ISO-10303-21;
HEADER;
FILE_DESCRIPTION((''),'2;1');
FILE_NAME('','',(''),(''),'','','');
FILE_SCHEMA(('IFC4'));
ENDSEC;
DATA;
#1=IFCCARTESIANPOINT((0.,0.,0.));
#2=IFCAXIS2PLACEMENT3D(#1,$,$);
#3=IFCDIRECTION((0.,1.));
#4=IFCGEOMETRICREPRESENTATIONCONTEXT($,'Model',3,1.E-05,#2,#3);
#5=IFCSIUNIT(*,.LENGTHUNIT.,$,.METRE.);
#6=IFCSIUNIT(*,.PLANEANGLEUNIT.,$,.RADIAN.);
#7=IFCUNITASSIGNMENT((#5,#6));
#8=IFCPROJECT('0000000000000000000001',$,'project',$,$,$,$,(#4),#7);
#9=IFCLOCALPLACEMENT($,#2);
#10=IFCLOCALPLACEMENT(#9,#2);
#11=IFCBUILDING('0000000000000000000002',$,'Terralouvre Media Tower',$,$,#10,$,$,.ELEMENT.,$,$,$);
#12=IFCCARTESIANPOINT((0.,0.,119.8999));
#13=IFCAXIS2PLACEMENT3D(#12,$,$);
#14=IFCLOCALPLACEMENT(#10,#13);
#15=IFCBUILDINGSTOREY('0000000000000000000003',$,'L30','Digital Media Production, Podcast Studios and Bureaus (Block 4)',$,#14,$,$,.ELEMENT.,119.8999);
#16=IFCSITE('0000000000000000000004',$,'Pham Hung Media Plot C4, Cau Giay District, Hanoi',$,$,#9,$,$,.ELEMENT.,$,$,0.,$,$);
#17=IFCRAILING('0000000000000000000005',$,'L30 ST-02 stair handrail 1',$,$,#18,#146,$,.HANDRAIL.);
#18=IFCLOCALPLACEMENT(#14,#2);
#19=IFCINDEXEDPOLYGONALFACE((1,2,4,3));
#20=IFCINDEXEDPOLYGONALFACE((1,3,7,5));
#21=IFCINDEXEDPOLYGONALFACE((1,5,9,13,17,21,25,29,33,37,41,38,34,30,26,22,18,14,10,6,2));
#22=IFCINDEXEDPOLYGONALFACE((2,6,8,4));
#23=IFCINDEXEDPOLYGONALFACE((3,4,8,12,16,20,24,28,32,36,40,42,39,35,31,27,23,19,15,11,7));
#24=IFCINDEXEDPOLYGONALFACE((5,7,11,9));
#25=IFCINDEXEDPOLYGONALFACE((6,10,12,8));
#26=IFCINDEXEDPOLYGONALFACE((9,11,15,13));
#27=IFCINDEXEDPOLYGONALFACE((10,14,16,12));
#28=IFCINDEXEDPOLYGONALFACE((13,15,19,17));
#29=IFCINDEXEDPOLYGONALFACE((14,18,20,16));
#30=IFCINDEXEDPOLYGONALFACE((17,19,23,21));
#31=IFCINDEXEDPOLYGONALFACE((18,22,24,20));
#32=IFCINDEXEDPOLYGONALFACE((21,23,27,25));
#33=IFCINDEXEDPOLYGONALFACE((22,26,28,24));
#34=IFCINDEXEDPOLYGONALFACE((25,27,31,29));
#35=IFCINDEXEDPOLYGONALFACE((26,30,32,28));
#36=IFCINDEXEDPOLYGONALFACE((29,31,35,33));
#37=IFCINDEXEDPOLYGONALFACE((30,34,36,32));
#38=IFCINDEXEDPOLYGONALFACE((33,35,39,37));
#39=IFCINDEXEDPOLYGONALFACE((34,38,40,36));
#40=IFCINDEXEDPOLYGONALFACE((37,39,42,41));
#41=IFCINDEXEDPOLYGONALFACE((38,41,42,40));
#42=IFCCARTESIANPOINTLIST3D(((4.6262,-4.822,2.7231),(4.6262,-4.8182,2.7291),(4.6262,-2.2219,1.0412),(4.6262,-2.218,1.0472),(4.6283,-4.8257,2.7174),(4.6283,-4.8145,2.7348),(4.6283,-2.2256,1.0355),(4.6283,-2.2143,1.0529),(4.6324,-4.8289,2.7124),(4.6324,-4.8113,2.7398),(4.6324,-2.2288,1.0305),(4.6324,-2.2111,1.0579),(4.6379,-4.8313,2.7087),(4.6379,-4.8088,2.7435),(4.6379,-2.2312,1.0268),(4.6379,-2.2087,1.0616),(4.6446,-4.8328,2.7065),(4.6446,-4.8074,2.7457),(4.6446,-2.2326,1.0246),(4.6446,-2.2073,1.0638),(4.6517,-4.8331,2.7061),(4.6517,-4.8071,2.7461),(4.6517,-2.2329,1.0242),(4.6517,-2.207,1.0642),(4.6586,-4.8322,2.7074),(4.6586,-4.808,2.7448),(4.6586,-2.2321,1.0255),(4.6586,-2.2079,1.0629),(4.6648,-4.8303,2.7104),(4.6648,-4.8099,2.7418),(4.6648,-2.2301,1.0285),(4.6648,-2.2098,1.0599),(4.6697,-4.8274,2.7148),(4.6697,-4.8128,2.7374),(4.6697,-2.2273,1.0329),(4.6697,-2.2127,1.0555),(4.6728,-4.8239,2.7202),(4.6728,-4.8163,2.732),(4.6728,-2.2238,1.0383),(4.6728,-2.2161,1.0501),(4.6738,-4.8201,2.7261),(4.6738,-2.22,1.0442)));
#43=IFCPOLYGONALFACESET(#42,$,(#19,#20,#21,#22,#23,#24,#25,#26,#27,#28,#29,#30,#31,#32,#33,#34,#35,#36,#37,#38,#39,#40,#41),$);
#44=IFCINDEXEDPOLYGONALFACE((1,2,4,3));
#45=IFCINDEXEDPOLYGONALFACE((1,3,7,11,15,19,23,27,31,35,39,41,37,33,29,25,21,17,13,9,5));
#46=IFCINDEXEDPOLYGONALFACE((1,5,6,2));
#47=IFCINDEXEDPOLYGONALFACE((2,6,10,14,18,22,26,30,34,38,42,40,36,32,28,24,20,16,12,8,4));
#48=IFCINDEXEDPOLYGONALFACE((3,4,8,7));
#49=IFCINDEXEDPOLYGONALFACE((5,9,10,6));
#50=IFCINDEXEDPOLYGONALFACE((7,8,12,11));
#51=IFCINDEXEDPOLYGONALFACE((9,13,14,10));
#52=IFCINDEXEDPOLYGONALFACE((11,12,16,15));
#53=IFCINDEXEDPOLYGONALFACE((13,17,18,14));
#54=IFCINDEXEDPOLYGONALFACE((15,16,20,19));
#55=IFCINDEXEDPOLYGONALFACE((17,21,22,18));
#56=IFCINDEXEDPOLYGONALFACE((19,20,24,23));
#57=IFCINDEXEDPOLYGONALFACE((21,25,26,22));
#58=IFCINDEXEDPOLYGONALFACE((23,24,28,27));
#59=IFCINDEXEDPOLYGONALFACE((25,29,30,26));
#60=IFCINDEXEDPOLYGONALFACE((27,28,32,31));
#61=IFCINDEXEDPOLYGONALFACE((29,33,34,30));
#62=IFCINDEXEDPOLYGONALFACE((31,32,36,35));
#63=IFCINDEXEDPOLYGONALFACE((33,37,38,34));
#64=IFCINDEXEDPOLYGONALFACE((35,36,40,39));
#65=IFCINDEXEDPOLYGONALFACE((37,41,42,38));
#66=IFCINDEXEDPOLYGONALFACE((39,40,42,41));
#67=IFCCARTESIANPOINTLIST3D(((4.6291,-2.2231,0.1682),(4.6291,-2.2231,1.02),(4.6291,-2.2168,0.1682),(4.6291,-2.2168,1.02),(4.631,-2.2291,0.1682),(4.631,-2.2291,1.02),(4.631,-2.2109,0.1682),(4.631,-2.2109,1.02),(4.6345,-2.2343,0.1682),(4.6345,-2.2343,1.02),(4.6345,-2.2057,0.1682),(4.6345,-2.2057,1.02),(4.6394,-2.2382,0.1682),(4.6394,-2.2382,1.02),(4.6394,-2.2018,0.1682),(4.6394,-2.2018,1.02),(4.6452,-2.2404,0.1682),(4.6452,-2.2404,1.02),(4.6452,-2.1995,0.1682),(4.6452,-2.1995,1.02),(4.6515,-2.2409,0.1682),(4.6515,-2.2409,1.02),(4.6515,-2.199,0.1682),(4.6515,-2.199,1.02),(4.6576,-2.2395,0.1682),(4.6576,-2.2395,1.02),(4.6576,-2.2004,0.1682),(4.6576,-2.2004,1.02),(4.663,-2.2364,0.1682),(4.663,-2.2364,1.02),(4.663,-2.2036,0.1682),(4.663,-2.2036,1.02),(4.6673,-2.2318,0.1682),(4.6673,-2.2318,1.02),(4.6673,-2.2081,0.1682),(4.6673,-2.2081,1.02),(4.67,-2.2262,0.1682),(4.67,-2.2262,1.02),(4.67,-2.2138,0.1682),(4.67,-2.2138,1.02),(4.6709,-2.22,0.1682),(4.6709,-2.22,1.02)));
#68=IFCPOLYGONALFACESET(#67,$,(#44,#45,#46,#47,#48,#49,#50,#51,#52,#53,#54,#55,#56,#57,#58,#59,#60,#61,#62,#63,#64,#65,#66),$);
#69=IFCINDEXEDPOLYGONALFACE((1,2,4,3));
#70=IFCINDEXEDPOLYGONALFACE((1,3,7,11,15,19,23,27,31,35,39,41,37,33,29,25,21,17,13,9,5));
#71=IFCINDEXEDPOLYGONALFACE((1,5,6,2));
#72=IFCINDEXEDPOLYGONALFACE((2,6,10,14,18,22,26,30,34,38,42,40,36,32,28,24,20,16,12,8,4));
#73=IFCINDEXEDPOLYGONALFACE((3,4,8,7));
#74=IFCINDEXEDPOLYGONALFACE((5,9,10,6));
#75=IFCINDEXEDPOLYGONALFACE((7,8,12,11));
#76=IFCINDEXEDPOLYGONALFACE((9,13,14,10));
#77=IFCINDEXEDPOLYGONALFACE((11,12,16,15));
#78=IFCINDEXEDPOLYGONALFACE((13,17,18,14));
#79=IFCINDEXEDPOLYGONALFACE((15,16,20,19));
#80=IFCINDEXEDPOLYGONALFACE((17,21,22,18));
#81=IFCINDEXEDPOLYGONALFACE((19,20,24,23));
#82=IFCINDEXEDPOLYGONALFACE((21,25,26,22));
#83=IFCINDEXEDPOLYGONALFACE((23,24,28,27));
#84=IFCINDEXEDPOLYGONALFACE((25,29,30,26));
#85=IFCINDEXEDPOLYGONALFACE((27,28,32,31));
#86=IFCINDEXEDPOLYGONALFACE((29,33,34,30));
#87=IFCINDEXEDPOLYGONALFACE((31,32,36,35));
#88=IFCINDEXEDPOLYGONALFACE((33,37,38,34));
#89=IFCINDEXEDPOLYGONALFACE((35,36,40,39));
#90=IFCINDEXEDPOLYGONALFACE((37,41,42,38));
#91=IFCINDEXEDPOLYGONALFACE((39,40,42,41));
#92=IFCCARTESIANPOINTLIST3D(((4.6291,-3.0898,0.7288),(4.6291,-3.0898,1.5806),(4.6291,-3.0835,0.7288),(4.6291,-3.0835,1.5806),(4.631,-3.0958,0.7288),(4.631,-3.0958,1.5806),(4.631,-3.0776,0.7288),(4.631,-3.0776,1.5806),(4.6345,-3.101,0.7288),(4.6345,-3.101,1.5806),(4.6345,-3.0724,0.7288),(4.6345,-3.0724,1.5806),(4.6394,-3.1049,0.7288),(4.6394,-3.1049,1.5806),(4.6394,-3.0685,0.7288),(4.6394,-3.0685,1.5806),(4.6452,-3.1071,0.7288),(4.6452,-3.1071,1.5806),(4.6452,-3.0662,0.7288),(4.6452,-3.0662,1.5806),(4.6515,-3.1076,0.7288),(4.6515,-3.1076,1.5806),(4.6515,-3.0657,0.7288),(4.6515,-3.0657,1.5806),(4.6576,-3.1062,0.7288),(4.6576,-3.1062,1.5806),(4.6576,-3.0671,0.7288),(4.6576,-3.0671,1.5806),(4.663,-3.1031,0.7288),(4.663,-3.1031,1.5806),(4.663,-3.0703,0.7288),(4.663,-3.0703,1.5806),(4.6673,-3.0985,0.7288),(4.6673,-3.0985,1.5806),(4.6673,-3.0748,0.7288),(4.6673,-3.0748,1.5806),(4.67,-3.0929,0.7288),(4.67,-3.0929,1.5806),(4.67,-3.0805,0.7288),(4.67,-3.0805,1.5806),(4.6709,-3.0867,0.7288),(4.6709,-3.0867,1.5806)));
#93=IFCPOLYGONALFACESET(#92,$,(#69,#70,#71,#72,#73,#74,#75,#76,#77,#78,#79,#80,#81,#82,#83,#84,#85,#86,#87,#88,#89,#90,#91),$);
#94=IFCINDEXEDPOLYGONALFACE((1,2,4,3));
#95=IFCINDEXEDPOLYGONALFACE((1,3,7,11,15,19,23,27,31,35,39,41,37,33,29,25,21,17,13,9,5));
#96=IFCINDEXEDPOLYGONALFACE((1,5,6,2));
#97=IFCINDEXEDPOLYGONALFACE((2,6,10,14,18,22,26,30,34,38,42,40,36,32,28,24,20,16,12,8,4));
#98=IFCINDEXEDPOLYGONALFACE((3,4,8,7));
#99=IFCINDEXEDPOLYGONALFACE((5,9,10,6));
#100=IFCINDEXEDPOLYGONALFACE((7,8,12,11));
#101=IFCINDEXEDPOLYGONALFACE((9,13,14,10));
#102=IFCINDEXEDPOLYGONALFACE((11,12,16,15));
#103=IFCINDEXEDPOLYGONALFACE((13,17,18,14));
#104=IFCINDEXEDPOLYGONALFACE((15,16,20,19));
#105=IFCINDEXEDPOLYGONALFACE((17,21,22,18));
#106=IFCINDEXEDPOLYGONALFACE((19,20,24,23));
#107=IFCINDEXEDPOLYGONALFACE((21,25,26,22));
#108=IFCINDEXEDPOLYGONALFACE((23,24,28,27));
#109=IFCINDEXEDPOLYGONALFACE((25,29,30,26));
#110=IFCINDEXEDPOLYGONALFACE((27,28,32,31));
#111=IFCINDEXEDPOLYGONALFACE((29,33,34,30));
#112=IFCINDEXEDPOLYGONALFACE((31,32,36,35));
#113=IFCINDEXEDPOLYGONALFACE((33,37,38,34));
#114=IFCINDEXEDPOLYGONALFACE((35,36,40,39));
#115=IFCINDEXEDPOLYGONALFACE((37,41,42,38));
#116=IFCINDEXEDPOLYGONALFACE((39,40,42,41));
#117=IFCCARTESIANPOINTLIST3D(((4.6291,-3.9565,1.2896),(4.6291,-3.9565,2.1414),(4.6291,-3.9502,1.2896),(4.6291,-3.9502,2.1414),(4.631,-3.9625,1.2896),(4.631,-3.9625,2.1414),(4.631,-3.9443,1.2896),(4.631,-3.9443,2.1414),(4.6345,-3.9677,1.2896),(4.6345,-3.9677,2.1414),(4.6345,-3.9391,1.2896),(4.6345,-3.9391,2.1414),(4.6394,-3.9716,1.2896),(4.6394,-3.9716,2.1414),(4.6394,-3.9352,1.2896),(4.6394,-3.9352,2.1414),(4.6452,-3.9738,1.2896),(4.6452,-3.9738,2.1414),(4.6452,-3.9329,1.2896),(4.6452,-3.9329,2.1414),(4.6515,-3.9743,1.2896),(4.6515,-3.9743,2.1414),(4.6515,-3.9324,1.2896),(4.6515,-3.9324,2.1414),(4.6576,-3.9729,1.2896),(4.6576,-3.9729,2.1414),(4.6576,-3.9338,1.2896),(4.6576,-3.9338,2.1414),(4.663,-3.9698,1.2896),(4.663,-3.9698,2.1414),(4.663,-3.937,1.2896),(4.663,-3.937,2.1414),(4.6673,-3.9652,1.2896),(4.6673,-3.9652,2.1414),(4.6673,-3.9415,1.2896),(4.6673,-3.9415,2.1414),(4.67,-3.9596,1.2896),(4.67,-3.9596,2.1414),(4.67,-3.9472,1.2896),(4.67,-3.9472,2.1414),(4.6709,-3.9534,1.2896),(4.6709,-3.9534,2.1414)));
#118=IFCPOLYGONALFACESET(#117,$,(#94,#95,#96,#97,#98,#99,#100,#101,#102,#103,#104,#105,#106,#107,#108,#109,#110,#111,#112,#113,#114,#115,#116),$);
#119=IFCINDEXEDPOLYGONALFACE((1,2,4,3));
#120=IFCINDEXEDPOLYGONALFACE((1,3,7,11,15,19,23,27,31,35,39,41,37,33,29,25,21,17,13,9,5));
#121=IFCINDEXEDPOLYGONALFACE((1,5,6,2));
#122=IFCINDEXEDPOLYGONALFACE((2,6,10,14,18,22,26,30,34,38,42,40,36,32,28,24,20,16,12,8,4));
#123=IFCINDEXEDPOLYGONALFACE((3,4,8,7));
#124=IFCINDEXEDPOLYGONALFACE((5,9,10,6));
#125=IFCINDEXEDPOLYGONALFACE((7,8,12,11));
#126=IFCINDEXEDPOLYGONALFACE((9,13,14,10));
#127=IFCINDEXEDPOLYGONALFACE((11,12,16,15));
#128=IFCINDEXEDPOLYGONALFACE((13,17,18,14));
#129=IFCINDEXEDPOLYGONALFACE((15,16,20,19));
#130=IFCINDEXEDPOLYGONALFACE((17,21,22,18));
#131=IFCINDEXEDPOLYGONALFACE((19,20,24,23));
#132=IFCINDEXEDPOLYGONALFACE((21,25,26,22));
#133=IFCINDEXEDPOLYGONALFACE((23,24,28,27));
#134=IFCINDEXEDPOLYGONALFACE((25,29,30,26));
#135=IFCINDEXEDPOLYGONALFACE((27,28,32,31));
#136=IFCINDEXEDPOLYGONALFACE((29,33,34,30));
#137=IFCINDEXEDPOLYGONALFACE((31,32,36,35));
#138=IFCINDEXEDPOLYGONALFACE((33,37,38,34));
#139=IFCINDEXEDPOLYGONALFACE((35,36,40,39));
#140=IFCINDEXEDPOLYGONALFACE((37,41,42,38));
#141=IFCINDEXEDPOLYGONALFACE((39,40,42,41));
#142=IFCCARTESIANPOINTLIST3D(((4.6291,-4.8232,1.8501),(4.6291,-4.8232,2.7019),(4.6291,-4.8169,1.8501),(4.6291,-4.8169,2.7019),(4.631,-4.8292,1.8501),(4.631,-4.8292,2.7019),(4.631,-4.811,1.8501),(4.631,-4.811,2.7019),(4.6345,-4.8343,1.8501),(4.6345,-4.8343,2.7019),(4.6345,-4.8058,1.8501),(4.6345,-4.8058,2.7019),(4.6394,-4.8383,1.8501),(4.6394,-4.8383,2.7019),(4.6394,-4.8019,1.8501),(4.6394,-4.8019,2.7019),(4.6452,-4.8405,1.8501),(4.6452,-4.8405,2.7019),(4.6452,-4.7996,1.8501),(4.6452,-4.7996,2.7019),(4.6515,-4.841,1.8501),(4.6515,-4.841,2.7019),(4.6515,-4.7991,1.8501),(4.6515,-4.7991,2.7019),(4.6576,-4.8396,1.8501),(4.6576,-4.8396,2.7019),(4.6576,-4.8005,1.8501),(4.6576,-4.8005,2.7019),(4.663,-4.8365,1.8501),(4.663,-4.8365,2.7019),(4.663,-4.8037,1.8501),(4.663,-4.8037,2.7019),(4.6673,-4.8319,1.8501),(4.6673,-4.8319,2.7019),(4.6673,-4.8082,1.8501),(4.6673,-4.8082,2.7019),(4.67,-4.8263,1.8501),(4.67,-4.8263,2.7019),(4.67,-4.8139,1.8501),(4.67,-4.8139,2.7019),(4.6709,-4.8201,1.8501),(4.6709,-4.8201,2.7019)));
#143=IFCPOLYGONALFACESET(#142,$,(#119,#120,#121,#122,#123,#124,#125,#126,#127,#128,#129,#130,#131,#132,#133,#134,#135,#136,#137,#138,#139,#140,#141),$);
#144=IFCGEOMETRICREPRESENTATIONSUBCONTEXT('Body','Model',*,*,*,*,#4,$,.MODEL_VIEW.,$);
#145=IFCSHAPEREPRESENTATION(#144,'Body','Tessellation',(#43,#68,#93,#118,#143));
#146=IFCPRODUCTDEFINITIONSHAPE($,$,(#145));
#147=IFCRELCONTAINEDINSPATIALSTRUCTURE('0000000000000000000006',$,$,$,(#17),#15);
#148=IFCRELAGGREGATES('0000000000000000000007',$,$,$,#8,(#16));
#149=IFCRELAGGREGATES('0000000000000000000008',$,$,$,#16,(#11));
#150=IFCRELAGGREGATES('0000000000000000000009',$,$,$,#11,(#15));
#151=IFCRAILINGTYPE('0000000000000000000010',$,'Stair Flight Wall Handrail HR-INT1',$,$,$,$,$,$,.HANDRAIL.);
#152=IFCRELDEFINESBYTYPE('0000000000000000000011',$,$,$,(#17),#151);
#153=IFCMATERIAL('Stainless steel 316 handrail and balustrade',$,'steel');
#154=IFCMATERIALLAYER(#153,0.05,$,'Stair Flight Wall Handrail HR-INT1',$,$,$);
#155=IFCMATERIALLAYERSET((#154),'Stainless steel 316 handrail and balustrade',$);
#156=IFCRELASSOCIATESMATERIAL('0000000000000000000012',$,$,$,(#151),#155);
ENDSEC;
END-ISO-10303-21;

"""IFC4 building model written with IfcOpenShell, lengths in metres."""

from ifc_helpers import new_model, si_unit, direction, frame, origin, origin_2d, place, context, subcontext, project, spatial, circle, extrude, material, layer, layer_set, type_object, element, save


model = new_model("IFC4")

# Units and contexts
model_context = context("Model", 3, precision=1e-05, world=origin(), true_north=direction((0.0, 1.0)))
body_context = subcontext(model_context, "Body", "Model", "MODEL_VIEW")
ifc_project = project(units=[si_unit("LENGTHUNIT", "METRE"), si_unit("PLANEANGLEUNIT", "RADIAN")], contexts=[model_context])

# Site, building, storey
site_placement = place(None, origin())
site = spatial("IfcSite", under=ifc_project, at=site_placement, Name="Pham Hung Media Plot C4, Cau Giay District, Hanoi", CompositionType="ELEMENT", RefElevation=0.0)
building_placement = place(site_placement, origin())
building = spatial("IfcBuilding", under=site, at=building_placement, Name="Terralouvre Media Tower", CompositionType="ELEMENT")
storey_placement = place(building_placement, frame((0.0, 0.0, 119.8999)))
storey = spatial("IfcBuildingStorey", under=building, at=storey_placement, Name="L30", Description="Digital Media Production, Podcast Studios and Bureaus (Block 4)", CompositionType="ELEMENT", Elevation=119.8999)

# Railing
ifc_material_1 = material(Name="Stainless steel 316 handrail and balustrade", Category="steel")
ifc_layer_1 = layer(ifc_material_1, 0.05, Name="Stair Flight Wall Handrail HR-INT1")
ifc_layer_set_1 = layer_set([ifc_layer_1], Name="Stainless steel 316 handrail and balustrade")
railing_type_1 = type_object("IfcRailingType", Name="Stair Flight Wall Handrail HR-INT1", PredefinedType="HANDRAIL", material=ifc_layer_set_1)
railing_1_placement = place(storey_placement, frame((4.6499, -2.22, 0.1682)))
element("IfcRailing", 1, at=railing_1_placement, inside=storey, type_object=railing_type_1, Name="L30 ST-02 stair handrail 1", PredefinedType="HANDRAIL", context=body_context, shape_type="SweptSolid", body=[
    extrude(circle(Radius=0.0239, at=origin_2d()), frame((0.0, 0.0, 0.876), z_axis=(0.0, -0.839648, 0.54313), x_axis=(1.0, 0.0, 0.0)), (0.0, 0.0, 1.0), 3.0967),
    extrude(circle(Radius=0.021, at=origin_2d()), origin(), (0.0, 0.0, 1.0), 0.8518),
    extrude(circle(Radius=0.021, at=origin_2d()), frame((0.0, -0.8667, 0.5605)), (0.0, 0.0, 1.0), 0.8518),
    extrude(circle(Radius=0.021, at=origin_2d()), frame((0.0, -1.7334, 1.1213)), (0.0, 0.0, 1.0), 0.8518),
    extrude(circle(Radius=0.021, at=origin_2d()), frame((0.0, -2.6001, 1.6819)), (0.0, 0.0, 1.0), 0.8518),
])

save(model, "model.ifc")
